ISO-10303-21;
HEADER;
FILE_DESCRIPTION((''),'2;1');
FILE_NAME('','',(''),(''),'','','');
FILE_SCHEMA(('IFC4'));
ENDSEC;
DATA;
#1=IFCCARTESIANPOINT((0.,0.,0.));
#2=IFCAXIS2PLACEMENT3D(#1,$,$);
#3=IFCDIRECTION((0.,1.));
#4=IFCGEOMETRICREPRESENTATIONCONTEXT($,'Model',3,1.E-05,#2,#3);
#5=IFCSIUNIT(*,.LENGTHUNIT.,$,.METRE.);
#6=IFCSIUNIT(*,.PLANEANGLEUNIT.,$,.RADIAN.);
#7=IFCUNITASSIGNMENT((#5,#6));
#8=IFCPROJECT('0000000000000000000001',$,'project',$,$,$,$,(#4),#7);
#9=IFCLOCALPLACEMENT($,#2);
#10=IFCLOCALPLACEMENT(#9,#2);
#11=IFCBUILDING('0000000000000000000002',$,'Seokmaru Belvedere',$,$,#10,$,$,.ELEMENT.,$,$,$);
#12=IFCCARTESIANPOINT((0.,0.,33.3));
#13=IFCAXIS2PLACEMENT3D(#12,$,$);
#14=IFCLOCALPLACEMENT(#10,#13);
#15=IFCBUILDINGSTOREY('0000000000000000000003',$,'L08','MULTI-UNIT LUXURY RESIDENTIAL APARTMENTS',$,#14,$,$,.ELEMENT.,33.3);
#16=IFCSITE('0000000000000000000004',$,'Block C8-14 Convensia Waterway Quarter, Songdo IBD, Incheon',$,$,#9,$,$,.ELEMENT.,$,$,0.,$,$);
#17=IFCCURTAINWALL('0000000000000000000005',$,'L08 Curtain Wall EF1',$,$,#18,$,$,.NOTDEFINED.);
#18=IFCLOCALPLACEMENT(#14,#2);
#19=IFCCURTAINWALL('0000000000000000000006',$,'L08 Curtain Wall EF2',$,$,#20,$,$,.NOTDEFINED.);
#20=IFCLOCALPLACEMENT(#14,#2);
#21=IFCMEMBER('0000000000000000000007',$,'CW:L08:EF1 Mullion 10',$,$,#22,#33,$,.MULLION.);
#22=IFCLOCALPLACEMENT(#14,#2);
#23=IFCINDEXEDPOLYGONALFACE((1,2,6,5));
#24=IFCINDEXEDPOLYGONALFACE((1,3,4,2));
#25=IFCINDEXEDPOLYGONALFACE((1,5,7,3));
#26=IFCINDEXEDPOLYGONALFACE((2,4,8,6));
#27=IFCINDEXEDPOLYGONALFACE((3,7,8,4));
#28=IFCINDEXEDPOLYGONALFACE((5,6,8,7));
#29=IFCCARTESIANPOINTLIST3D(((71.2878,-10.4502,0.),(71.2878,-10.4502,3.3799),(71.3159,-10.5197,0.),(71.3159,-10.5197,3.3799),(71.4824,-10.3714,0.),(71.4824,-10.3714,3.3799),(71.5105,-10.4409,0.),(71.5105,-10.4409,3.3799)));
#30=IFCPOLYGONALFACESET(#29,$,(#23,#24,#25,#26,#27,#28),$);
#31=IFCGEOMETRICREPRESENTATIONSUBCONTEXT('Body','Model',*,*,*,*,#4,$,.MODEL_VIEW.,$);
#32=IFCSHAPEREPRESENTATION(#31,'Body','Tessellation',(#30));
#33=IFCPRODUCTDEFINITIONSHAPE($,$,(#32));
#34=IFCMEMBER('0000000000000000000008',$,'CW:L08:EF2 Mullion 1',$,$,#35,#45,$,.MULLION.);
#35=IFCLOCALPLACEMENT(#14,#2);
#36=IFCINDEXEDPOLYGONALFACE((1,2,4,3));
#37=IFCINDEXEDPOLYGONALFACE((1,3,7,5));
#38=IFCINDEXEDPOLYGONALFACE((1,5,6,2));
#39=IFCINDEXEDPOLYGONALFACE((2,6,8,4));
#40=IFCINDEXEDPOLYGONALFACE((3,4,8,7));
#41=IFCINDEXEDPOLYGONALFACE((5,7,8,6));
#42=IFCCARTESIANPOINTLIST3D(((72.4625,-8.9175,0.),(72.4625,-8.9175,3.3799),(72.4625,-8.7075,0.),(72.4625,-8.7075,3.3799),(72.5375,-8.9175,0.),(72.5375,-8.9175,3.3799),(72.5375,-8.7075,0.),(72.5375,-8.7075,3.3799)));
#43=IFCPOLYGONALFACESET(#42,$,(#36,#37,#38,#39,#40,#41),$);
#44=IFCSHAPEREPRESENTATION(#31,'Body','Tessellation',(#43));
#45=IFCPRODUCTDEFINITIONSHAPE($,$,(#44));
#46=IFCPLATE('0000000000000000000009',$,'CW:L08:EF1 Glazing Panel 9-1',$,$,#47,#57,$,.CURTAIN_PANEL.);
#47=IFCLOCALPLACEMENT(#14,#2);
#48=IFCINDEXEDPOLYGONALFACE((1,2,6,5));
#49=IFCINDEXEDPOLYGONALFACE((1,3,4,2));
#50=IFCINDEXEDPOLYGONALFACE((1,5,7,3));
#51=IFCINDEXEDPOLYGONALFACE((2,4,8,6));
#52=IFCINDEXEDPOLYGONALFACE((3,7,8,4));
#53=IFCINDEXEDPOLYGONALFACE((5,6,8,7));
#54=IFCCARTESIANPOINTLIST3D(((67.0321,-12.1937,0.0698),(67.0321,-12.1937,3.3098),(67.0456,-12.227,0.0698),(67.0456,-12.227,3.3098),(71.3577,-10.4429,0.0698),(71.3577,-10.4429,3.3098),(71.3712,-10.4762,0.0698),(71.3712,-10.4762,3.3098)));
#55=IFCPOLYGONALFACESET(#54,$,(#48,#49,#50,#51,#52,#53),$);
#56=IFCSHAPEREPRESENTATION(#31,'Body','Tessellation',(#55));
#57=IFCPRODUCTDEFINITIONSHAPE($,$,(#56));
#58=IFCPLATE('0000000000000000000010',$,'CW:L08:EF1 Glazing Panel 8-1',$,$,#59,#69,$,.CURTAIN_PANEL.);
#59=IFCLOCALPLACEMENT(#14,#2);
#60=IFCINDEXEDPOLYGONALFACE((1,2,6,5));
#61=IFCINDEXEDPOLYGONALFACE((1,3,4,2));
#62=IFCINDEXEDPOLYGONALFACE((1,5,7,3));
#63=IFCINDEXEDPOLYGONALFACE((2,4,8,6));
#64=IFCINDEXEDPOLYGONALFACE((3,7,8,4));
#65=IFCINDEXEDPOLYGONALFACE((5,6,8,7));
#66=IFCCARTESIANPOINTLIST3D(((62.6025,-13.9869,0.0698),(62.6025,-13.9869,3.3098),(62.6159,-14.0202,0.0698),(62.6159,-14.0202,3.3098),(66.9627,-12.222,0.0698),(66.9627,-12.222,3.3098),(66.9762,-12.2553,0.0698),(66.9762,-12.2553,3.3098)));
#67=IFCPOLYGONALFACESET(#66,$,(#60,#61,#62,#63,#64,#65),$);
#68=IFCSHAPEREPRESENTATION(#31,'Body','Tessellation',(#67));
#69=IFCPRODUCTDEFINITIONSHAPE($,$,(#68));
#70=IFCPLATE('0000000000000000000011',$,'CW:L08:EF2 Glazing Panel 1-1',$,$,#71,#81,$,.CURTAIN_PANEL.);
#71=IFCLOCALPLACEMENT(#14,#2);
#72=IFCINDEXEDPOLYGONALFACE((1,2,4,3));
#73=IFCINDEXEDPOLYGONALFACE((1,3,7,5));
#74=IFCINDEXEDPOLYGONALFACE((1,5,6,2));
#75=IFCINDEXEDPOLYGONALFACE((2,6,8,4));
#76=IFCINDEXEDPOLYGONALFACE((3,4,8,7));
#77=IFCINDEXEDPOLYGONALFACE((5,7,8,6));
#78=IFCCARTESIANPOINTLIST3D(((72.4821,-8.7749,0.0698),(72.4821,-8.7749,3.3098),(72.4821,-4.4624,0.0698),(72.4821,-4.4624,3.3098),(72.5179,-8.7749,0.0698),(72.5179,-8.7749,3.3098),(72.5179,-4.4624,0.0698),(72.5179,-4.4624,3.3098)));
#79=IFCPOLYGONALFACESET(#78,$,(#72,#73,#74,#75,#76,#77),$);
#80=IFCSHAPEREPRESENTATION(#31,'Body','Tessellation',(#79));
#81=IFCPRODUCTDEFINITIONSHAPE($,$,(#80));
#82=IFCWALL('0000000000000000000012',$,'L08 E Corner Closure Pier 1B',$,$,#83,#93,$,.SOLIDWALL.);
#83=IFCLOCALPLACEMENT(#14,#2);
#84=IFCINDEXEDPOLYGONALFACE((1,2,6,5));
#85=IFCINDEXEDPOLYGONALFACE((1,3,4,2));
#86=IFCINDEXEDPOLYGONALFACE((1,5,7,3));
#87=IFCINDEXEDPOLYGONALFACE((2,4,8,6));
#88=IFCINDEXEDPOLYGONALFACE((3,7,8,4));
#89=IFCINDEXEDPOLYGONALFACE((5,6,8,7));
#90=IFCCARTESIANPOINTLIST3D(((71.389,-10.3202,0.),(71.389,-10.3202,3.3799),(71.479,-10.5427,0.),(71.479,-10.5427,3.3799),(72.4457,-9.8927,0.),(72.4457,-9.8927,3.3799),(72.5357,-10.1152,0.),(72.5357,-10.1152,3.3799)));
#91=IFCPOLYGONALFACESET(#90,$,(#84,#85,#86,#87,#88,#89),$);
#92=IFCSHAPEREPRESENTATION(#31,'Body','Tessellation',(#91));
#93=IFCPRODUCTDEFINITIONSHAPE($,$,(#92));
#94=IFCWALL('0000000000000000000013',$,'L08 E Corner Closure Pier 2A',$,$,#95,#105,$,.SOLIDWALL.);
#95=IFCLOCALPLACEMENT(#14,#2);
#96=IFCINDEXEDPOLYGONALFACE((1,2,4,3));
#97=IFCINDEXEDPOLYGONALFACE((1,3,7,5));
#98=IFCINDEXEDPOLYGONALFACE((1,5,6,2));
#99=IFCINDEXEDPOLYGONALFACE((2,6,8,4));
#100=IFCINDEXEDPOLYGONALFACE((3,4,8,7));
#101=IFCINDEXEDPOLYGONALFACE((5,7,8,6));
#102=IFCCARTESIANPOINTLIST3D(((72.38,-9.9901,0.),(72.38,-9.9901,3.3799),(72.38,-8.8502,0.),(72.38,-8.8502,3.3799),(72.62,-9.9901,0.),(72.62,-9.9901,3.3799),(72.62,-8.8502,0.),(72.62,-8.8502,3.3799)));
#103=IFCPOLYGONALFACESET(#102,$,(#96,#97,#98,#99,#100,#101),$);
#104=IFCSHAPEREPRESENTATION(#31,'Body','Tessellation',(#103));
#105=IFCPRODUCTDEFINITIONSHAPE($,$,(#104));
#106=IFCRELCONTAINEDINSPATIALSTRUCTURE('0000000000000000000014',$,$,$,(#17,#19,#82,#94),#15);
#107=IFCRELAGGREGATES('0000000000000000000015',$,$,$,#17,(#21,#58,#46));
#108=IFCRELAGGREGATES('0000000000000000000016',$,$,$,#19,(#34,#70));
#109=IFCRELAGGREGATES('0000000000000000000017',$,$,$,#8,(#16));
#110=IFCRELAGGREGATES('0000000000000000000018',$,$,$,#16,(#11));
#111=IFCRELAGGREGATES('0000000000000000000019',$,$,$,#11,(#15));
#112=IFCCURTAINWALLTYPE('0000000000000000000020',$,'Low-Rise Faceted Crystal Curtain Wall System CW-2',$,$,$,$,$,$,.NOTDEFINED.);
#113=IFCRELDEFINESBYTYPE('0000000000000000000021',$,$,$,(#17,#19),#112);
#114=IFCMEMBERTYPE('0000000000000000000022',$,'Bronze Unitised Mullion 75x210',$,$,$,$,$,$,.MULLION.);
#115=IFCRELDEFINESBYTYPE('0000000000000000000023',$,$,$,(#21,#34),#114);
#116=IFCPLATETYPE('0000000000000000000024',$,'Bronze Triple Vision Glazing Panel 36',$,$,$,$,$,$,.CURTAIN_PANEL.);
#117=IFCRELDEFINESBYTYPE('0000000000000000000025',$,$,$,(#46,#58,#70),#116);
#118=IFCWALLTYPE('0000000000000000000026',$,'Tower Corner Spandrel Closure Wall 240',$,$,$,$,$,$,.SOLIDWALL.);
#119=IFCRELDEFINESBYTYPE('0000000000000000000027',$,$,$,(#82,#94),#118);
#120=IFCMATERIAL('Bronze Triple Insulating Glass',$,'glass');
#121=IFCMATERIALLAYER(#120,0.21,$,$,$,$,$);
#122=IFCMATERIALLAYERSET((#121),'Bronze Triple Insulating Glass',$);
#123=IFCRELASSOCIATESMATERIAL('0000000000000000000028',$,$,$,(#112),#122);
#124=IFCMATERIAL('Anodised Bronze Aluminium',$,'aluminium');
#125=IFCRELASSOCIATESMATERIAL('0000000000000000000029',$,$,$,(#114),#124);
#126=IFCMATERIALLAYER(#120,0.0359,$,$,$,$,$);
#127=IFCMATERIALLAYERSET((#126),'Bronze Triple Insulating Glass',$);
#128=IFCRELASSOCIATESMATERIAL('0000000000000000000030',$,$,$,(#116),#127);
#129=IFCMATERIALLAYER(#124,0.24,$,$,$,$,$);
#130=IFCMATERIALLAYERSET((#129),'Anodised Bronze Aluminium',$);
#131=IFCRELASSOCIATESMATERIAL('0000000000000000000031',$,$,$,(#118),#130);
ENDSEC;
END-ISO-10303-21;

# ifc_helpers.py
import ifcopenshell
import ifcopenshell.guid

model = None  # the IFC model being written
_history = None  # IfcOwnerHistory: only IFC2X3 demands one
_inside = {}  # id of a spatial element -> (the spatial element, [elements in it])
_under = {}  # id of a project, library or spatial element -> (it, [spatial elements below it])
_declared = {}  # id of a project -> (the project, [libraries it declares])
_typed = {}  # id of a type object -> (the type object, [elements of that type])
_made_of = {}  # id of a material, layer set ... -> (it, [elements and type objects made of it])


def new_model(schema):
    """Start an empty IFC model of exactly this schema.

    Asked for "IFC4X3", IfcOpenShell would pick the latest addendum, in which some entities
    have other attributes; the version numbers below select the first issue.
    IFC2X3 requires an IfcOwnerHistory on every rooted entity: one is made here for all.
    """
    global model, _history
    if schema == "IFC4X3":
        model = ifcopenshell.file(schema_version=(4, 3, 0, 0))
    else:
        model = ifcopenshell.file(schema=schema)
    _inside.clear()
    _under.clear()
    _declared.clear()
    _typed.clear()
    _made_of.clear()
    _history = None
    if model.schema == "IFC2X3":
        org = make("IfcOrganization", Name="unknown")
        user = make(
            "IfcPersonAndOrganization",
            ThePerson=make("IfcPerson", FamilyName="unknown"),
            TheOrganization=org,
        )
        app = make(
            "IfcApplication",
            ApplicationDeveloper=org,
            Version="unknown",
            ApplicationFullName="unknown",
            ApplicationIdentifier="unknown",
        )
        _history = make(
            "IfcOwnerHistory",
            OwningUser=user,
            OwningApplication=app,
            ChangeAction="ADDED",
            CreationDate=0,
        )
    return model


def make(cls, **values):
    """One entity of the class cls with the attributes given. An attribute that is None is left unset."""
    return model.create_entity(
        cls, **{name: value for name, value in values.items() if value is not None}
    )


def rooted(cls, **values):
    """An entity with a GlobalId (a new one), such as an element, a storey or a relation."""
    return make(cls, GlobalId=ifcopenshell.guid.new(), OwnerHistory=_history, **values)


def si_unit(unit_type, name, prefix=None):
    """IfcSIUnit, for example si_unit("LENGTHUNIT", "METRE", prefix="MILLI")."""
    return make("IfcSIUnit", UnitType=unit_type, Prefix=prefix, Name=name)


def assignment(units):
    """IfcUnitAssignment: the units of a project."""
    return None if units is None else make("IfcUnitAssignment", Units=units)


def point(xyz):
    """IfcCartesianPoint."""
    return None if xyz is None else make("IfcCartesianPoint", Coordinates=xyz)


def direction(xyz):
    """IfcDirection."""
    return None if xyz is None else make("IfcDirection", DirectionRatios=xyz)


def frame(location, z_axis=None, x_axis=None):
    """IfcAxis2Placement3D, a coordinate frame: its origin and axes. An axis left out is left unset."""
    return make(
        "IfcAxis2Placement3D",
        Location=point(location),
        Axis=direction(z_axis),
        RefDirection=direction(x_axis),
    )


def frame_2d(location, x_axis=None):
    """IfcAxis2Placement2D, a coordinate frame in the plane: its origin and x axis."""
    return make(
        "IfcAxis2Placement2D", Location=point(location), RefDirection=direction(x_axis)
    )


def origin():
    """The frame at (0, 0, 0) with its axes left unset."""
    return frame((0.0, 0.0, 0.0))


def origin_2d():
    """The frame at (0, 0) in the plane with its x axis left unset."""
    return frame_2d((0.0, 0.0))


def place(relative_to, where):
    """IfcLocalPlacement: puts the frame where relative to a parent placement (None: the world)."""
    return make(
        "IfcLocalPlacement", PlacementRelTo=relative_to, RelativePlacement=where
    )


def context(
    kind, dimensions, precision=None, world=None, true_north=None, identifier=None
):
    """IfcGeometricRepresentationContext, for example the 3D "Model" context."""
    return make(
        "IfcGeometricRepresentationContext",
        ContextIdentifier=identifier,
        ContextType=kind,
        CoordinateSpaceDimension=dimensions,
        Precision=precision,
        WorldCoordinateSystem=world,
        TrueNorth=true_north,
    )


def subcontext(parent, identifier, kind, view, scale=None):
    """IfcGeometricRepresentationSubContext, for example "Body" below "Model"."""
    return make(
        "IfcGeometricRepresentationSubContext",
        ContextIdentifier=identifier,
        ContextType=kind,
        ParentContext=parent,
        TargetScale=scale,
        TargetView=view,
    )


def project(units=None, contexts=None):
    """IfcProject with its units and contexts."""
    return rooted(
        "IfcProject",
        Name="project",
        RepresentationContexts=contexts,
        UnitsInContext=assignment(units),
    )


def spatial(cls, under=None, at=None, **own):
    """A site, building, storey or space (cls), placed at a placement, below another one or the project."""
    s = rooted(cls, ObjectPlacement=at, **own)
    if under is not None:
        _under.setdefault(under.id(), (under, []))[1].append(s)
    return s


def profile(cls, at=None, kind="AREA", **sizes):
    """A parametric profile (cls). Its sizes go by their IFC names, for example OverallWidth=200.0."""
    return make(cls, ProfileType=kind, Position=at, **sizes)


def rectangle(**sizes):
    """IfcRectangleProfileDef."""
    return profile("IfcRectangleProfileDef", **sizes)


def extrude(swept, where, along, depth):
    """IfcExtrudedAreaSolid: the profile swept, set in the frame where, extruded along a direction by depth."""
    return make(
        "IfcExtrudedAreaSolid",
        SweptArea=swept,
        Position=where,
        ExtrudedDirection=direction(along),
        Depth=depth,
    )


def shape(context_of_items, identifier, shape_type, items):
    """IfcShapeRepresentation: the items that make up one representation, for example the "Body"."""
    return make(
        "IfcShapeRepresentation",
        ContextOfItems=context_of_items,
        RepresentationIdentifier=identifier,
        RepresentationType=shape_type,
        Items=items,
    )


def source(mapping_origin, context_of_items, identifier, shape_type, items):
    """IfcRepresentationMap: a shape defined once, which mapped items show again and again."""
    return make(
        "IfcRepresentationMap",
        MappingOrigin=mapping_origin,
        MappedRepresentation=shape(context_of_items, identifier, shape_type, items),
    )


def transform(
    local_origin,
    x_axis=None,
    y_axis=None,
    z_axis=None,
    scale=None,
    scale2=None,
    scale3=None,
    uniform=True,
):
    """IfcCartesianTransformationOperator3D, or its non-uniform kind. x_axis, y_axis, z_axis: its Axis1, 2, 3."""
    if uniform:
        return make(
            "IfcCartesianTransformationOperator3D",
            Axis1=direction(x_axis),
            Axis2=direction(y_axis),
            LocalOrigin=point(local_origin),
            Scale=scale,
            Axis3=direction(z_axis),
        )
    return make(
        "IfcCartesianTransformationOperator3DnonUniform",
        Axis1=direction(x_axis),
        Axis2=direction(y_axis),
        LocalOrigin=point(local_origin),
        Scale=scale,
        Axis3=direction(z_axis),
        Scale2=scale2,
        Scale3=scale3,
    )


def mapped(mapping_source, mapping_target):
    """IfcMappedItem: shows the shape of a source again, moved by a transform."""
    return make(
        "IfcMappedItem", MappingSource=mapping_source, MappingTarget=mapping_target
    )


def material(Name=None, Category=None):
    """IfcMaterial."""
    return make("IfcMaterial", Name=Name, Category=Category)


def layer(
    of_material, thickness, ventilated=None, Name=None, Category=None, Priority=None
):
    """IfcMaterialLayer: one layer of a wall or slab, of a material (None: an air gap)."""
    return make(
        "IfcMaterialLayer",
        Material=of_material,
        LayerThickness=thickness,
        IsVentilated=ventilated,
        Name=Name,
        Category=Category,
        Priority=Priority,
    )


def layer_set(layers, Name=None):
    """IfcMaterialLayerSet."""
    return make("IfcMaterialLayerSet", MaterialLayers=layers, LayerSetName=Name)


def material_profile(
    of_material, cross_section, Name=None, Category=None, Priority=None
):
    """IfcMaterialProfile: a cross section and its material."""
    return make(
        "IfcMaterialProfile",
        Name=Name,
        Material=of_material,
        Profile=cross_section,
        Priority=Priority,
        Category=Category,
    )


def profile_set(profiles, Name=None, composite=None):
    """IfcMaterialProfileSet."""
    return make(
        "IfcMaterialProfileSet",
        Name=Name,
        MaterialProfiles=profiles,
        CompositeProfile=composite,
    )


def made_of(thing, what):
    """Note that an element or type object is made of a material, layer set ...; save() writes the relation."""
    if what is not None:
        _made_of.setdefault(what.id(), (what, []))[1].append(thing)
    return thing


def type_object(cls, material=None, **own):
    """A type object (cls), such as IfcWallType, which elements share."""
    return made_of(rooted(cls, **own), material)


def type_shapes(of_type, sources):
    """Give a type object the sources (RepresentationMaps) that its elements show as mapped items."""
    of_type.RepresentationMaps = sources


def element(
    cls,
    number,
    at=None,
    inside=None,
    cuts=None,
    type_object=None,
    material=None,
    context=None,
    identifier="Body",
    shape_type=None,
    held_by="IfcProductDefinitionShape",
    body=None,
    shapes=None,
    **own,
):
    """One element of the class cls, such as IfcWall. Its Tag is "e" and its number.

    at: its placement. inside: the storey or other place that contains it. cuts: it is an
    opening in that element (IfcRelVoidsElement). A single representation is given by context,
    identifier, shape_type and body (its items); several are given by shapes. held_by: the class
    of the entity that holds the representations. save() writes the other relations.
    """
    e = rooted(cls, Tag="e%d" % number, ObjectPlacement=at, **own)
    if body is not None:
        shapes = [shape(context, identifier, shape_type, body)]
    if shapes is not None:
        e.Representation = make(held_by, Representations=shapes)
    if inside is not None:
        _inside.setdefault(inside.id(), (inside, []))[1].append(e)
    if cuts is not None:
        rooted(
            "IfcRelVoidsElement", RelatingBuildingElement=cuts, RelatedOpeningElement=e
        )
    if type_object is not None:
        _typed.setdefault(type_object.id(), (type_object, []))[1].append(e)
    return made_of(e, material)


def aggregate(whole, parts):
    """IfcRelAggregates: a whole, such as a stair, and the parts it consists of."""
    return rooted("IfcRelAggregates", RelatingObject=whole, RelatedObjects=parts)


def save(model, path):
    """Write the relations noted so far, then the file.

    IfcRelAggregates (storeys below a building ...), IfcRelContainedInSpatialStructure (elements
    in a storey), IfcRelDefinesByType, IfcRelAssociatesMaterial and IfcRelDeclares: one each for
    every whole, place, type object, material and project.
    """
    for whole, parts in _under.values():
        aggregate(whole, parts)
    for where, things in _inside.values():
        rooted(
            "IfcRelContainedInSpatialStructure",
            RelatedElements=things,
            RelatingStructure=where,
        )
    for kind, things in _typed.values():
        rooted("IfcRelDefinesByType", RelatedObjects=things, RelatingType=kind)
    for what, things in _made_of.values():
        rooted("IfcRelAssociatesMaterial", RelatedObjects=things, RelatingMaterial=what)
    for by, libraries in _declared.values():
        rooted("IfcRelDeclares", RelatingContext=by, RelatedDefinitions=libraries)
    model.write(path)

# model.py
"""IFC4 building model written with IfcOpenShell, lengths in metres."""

from ifc_helpers import new_model, si_unit, direction, frame, frame_2d, origin, origin_2d, place, context, subcontext, project, spatial, rectangle, extrude, source, transform, mapped, material, layer, layer_set, material_profile, profile_set, type_object, type_shapes, element, aggregate, save


model = new_model("IFC4")

# Units and contexts
model_context = context("Model", 3, precision=1e-05, world=origin(), true_north=direction((0.0, 1.0)))
body_context = subcontext(model_context, "Body", "Model", "MODEL_VIEW")
ifc_project = project(units=[si_unit("LENGTHUNIT", "METRE"), si_unit("PLANEANGLEUNIT", "RADIAN")], contexts=[model_context])

# Site, building, storey
site_placement = place(None, origin())
site = spatial("IfcSite", under=ifc_project, at=site_placement, Name="Block C8-14 Convensia Waterway Quarter, Songdo IBD, Incheon", CompositionType="ELEMENT", RefElevation=0.0)
building_placement = place(site_placement, origin())
building = spatial("IfcBuilding", under=site, at=building_placement, Name="Seokmaru Belvedere", CompositionType="ELEMENT")
storey_placement = place(building_placement, frame((0.0, 0.0, 33.3)))
storey = spatial("IfcBuildingStorey", under=building, at=storey_placement, Name="L08", Description="MULTI-UNIT LUXURY RESIDENTIAL APARTMENTS", CompositionType="ELEMENT", Elevation=33.3)

# Curtain walls
ifc_material_1 = material(Name="Bronze Triple Insulating Glass", Category="glass")
ifc_layer_1 = layer(ifc_material_1, 0.21)
ifc_layer_set_1 = layer_set([ifc_layer_1], Name="Bronze Triple Insulating Glass")
curtain_wall_type = type_object("IfcCurtainWallType", Name="Low-Rise Faceted Crystal Curtain Wall System CW-2", PredefinedType="NOTDEFINED", material=ifc_layer_set_1)
curtain_wall_1_placement = place(storey_placement, origin())
curtain_wall_1 = element("IfcCurtainWall", 1, at=curtain_wall_1_placement, inside=storey, type_object=curtain_wall_type, Name="L08 Curtain Wall EF1", PredefinedType="NOTDEFINED")
ifc_material_2 = material(Name="Anodised Bronze Aluminium", Category="aluminium")
ifc_material_profile_1 = material_profile(ifc_material_2, rectangle(XDim=0.075, YDim=0.21, at=origin_2d()), Name="CW-M-75x210")
ifc_profile_set_1 = profile_set([ifc_material_profile_1], Name="Anodised Bronze Aluminium")
member_type_1 = type_object("IfcMemberType", Name="Bronze Unitised Mullion 75x210", PredefinedType="MULLION", material=ifc_profile_set_1)
curtain_wall_2_placement = place(storey_placement, origin())
curtain_wall_2 = element("IfcCurtainWall", 2, at=curtain_wall_2_placement, inside=storey, type_object=curtain_wall_type, Name="L08 Curtain Wall EF2", PredefinedType="NOTDEFINED")

# Members
shared_shape_1 = source(origin(), body_context, "Body", "SweptSolid", [
    extrude(rectangle(XDim=0.075, YDim=0.21, at=origin_2d()), origin(), (0.0, 0.0, 1.0), 3.3799),
])
member_1_placement = place(storey_placement, frame((71.3992, -10.4456, 0.0), z_axis=(0.0, 0.0, 1.0), x_axis=(-0.375192, 0.926947, 0.0)))
member_1 = element("IfcMember", 3, at=member_1_placement, type_object=member_type_1, Name="CW:L08:EF1 Mullion 10", PredefinedType="MULLION", context=body_context, shape_type="MappedRepresentation", body=[
    mapped(shared_shape_1, transform((0.0, 0.0, 0.0), scale=1.0)),
])
member_2_placement = place(storey_placement, frame((72.5, -8.8125, 0.0), z_axis=(0.0, 0.0, 1.0), x_axis=(-1.0, 0.0, 0.0)))
member_2 = element("IfcMember", 4, at=member_2_placement, type_object=member_type_1, Name="CW:L08:EF2 Mullion 1", PredefinedType="MULLION", context=body_context, shape_type="MappedRepresentation", body=[
    mapped(shared_shape_1, transform((0.0, 0.0, 0.0), scale=1.0)),
])

# Plates
ifc_layer_2 = layer(ifc_material_1, 0.0359)
ifc_layer_set_2 = layer_set([ifc_layer_2], Name="Bronze Triple Insulating Glass")
plate_type = type_object("IfcPlateType", Name="Bronze Triple Vision Glazing Panel 36", PredefinedType="CURTAIN_PANEL", material=ifc_layer_set_2)
shared_shape_2 = source(origin(), body_context, "Body", "SweptSolid", [
    extrude(rectangle(XDim=4.6665, YDim=0.0359, at=origin_2d()), origin(), (0.0, 0.0, 1.0), 3.24),
])
plate_1_placement = place(storey_placement, frame((69.2017, -11.335, 0.0698), z_axis=(0.0, 0.0, 1.0), x_axis=(0.926947, 0.375192, 0.0)))
plate_1 = element("IfcPlate", 5, at=plate_1_placement, type_object=plate_type, Name="CW:L08:EF1 Glazing Panel 9-1", PredefinedType="CURTAIN_PANEL", context=body_context, shape_type="MappedRepresentation", body=[
    mapped(shared_shape_2, transform((0.0, 0.0, 0.0), scale=1.0)),
])
shared_shape_3 = source(origin(), body_context, "Body", "SweptSolid", [
    extrude(rectangle(XDim=4.7039, YDim=0.0359, at=origin_2d()), origin(), (0.0, 0.0, 1.0), 3.24),
])
plate_2_placement = place(storey_placement, frame((64.7893, -13.1211, 0.0698), z_axis=(0.0, 0.0, 1.0), x_axis=(0.926947, 0.375192, 0.0)))
plate_2 = element("IfcPlate", 6, at=plate_2_placement, type_object=plate_type, Name="CW:L08:EF1 Glazing Panel 8-1", PredefinedType="CURTAIN_PANEL", context=body_context, shape_type="MappedRepresentation", body=[
    mapped(shared_shape_3, transform((0.0, 0.0, 0.0), scale=1.0)),
])
aggregate(curtain_wall_1, [member_1, plate_2, plate_1])
shared_shape_4 = source(origin(), body_context, "Body", "SweptSolid", [
    extrude(rectangle(XDim=4.3125, YDim=0.0359, at=origin_2d()), origin(), (0.0, 0.0, 1.0), 3.24),
])
type_shapes(plate_type, [shared_shape_2, shared_shape_3, shared_shape_4])
plate_3_placement = place(storey_placement, frame((72.5, -6.6187, 0.0698), z_axis=(0.0, 0.0, 1.0), x_axis=(0.0, 1.0, 0.0)))
plate_3 = element("IfcPlate", 7, at=plate_3_placement, type_object=plate_type, Name="CW:L08:EF2 Glazing Panel 1-1", PredefinedType="CURTAIN_PANEL", context=body_context, shape_type="MappedRepresentation", body=[
    mapped(shared_shape_4, transform((0.0, 0.0, 0.0), scale=1.0)),
])
aggregate(curtain_wall_2, [member_2, plate_3])

# Walls
ifc_layer_3 = layer(ifc_material_2, 0.24)
ifc_layer_set_3 = layer_set([ifc_layer_3], Name="Anodised Bronze Aluminium")
wall_type = type_object("IfcWallType", Name="Tower Corner Spandrel Closure Wall 240", PredefinedType="SOLIDWALL", material=ifc_layer_set_3)
for number, where, z_axis, x_axis, name in (
    (8, (71.4341, -10.4314, 0.0), (0.0, 0.0, 1.0), (0.927007, 0.375044, 0.0), "L08 E Corner Closure Pier 1B"),
    (9, (72.5, -9.99, 0.0), (0.0, 0.0, 1.0), (0.0, 1.0, 0.0), "L08 E Corner Closure Pier 2A"),
):
    element("IfcWall", number, at=place(storey_placement, frame(where, z_axis=z_axis, x_axis=x_axis)), inside=storey, type_object=wall_type, Name=name, PredefinedType="SOLIDWALL", context=body_context, shape_type="SweptSolid", body=[
        extrude(rectangle(XDim=1.1399, YDim=0.24, at=frame_2d((0.5698, 0.0))), origin(), (0.0, 0.0, 1.0), 3.3799),
    ])

save(model, "model.ifc")
